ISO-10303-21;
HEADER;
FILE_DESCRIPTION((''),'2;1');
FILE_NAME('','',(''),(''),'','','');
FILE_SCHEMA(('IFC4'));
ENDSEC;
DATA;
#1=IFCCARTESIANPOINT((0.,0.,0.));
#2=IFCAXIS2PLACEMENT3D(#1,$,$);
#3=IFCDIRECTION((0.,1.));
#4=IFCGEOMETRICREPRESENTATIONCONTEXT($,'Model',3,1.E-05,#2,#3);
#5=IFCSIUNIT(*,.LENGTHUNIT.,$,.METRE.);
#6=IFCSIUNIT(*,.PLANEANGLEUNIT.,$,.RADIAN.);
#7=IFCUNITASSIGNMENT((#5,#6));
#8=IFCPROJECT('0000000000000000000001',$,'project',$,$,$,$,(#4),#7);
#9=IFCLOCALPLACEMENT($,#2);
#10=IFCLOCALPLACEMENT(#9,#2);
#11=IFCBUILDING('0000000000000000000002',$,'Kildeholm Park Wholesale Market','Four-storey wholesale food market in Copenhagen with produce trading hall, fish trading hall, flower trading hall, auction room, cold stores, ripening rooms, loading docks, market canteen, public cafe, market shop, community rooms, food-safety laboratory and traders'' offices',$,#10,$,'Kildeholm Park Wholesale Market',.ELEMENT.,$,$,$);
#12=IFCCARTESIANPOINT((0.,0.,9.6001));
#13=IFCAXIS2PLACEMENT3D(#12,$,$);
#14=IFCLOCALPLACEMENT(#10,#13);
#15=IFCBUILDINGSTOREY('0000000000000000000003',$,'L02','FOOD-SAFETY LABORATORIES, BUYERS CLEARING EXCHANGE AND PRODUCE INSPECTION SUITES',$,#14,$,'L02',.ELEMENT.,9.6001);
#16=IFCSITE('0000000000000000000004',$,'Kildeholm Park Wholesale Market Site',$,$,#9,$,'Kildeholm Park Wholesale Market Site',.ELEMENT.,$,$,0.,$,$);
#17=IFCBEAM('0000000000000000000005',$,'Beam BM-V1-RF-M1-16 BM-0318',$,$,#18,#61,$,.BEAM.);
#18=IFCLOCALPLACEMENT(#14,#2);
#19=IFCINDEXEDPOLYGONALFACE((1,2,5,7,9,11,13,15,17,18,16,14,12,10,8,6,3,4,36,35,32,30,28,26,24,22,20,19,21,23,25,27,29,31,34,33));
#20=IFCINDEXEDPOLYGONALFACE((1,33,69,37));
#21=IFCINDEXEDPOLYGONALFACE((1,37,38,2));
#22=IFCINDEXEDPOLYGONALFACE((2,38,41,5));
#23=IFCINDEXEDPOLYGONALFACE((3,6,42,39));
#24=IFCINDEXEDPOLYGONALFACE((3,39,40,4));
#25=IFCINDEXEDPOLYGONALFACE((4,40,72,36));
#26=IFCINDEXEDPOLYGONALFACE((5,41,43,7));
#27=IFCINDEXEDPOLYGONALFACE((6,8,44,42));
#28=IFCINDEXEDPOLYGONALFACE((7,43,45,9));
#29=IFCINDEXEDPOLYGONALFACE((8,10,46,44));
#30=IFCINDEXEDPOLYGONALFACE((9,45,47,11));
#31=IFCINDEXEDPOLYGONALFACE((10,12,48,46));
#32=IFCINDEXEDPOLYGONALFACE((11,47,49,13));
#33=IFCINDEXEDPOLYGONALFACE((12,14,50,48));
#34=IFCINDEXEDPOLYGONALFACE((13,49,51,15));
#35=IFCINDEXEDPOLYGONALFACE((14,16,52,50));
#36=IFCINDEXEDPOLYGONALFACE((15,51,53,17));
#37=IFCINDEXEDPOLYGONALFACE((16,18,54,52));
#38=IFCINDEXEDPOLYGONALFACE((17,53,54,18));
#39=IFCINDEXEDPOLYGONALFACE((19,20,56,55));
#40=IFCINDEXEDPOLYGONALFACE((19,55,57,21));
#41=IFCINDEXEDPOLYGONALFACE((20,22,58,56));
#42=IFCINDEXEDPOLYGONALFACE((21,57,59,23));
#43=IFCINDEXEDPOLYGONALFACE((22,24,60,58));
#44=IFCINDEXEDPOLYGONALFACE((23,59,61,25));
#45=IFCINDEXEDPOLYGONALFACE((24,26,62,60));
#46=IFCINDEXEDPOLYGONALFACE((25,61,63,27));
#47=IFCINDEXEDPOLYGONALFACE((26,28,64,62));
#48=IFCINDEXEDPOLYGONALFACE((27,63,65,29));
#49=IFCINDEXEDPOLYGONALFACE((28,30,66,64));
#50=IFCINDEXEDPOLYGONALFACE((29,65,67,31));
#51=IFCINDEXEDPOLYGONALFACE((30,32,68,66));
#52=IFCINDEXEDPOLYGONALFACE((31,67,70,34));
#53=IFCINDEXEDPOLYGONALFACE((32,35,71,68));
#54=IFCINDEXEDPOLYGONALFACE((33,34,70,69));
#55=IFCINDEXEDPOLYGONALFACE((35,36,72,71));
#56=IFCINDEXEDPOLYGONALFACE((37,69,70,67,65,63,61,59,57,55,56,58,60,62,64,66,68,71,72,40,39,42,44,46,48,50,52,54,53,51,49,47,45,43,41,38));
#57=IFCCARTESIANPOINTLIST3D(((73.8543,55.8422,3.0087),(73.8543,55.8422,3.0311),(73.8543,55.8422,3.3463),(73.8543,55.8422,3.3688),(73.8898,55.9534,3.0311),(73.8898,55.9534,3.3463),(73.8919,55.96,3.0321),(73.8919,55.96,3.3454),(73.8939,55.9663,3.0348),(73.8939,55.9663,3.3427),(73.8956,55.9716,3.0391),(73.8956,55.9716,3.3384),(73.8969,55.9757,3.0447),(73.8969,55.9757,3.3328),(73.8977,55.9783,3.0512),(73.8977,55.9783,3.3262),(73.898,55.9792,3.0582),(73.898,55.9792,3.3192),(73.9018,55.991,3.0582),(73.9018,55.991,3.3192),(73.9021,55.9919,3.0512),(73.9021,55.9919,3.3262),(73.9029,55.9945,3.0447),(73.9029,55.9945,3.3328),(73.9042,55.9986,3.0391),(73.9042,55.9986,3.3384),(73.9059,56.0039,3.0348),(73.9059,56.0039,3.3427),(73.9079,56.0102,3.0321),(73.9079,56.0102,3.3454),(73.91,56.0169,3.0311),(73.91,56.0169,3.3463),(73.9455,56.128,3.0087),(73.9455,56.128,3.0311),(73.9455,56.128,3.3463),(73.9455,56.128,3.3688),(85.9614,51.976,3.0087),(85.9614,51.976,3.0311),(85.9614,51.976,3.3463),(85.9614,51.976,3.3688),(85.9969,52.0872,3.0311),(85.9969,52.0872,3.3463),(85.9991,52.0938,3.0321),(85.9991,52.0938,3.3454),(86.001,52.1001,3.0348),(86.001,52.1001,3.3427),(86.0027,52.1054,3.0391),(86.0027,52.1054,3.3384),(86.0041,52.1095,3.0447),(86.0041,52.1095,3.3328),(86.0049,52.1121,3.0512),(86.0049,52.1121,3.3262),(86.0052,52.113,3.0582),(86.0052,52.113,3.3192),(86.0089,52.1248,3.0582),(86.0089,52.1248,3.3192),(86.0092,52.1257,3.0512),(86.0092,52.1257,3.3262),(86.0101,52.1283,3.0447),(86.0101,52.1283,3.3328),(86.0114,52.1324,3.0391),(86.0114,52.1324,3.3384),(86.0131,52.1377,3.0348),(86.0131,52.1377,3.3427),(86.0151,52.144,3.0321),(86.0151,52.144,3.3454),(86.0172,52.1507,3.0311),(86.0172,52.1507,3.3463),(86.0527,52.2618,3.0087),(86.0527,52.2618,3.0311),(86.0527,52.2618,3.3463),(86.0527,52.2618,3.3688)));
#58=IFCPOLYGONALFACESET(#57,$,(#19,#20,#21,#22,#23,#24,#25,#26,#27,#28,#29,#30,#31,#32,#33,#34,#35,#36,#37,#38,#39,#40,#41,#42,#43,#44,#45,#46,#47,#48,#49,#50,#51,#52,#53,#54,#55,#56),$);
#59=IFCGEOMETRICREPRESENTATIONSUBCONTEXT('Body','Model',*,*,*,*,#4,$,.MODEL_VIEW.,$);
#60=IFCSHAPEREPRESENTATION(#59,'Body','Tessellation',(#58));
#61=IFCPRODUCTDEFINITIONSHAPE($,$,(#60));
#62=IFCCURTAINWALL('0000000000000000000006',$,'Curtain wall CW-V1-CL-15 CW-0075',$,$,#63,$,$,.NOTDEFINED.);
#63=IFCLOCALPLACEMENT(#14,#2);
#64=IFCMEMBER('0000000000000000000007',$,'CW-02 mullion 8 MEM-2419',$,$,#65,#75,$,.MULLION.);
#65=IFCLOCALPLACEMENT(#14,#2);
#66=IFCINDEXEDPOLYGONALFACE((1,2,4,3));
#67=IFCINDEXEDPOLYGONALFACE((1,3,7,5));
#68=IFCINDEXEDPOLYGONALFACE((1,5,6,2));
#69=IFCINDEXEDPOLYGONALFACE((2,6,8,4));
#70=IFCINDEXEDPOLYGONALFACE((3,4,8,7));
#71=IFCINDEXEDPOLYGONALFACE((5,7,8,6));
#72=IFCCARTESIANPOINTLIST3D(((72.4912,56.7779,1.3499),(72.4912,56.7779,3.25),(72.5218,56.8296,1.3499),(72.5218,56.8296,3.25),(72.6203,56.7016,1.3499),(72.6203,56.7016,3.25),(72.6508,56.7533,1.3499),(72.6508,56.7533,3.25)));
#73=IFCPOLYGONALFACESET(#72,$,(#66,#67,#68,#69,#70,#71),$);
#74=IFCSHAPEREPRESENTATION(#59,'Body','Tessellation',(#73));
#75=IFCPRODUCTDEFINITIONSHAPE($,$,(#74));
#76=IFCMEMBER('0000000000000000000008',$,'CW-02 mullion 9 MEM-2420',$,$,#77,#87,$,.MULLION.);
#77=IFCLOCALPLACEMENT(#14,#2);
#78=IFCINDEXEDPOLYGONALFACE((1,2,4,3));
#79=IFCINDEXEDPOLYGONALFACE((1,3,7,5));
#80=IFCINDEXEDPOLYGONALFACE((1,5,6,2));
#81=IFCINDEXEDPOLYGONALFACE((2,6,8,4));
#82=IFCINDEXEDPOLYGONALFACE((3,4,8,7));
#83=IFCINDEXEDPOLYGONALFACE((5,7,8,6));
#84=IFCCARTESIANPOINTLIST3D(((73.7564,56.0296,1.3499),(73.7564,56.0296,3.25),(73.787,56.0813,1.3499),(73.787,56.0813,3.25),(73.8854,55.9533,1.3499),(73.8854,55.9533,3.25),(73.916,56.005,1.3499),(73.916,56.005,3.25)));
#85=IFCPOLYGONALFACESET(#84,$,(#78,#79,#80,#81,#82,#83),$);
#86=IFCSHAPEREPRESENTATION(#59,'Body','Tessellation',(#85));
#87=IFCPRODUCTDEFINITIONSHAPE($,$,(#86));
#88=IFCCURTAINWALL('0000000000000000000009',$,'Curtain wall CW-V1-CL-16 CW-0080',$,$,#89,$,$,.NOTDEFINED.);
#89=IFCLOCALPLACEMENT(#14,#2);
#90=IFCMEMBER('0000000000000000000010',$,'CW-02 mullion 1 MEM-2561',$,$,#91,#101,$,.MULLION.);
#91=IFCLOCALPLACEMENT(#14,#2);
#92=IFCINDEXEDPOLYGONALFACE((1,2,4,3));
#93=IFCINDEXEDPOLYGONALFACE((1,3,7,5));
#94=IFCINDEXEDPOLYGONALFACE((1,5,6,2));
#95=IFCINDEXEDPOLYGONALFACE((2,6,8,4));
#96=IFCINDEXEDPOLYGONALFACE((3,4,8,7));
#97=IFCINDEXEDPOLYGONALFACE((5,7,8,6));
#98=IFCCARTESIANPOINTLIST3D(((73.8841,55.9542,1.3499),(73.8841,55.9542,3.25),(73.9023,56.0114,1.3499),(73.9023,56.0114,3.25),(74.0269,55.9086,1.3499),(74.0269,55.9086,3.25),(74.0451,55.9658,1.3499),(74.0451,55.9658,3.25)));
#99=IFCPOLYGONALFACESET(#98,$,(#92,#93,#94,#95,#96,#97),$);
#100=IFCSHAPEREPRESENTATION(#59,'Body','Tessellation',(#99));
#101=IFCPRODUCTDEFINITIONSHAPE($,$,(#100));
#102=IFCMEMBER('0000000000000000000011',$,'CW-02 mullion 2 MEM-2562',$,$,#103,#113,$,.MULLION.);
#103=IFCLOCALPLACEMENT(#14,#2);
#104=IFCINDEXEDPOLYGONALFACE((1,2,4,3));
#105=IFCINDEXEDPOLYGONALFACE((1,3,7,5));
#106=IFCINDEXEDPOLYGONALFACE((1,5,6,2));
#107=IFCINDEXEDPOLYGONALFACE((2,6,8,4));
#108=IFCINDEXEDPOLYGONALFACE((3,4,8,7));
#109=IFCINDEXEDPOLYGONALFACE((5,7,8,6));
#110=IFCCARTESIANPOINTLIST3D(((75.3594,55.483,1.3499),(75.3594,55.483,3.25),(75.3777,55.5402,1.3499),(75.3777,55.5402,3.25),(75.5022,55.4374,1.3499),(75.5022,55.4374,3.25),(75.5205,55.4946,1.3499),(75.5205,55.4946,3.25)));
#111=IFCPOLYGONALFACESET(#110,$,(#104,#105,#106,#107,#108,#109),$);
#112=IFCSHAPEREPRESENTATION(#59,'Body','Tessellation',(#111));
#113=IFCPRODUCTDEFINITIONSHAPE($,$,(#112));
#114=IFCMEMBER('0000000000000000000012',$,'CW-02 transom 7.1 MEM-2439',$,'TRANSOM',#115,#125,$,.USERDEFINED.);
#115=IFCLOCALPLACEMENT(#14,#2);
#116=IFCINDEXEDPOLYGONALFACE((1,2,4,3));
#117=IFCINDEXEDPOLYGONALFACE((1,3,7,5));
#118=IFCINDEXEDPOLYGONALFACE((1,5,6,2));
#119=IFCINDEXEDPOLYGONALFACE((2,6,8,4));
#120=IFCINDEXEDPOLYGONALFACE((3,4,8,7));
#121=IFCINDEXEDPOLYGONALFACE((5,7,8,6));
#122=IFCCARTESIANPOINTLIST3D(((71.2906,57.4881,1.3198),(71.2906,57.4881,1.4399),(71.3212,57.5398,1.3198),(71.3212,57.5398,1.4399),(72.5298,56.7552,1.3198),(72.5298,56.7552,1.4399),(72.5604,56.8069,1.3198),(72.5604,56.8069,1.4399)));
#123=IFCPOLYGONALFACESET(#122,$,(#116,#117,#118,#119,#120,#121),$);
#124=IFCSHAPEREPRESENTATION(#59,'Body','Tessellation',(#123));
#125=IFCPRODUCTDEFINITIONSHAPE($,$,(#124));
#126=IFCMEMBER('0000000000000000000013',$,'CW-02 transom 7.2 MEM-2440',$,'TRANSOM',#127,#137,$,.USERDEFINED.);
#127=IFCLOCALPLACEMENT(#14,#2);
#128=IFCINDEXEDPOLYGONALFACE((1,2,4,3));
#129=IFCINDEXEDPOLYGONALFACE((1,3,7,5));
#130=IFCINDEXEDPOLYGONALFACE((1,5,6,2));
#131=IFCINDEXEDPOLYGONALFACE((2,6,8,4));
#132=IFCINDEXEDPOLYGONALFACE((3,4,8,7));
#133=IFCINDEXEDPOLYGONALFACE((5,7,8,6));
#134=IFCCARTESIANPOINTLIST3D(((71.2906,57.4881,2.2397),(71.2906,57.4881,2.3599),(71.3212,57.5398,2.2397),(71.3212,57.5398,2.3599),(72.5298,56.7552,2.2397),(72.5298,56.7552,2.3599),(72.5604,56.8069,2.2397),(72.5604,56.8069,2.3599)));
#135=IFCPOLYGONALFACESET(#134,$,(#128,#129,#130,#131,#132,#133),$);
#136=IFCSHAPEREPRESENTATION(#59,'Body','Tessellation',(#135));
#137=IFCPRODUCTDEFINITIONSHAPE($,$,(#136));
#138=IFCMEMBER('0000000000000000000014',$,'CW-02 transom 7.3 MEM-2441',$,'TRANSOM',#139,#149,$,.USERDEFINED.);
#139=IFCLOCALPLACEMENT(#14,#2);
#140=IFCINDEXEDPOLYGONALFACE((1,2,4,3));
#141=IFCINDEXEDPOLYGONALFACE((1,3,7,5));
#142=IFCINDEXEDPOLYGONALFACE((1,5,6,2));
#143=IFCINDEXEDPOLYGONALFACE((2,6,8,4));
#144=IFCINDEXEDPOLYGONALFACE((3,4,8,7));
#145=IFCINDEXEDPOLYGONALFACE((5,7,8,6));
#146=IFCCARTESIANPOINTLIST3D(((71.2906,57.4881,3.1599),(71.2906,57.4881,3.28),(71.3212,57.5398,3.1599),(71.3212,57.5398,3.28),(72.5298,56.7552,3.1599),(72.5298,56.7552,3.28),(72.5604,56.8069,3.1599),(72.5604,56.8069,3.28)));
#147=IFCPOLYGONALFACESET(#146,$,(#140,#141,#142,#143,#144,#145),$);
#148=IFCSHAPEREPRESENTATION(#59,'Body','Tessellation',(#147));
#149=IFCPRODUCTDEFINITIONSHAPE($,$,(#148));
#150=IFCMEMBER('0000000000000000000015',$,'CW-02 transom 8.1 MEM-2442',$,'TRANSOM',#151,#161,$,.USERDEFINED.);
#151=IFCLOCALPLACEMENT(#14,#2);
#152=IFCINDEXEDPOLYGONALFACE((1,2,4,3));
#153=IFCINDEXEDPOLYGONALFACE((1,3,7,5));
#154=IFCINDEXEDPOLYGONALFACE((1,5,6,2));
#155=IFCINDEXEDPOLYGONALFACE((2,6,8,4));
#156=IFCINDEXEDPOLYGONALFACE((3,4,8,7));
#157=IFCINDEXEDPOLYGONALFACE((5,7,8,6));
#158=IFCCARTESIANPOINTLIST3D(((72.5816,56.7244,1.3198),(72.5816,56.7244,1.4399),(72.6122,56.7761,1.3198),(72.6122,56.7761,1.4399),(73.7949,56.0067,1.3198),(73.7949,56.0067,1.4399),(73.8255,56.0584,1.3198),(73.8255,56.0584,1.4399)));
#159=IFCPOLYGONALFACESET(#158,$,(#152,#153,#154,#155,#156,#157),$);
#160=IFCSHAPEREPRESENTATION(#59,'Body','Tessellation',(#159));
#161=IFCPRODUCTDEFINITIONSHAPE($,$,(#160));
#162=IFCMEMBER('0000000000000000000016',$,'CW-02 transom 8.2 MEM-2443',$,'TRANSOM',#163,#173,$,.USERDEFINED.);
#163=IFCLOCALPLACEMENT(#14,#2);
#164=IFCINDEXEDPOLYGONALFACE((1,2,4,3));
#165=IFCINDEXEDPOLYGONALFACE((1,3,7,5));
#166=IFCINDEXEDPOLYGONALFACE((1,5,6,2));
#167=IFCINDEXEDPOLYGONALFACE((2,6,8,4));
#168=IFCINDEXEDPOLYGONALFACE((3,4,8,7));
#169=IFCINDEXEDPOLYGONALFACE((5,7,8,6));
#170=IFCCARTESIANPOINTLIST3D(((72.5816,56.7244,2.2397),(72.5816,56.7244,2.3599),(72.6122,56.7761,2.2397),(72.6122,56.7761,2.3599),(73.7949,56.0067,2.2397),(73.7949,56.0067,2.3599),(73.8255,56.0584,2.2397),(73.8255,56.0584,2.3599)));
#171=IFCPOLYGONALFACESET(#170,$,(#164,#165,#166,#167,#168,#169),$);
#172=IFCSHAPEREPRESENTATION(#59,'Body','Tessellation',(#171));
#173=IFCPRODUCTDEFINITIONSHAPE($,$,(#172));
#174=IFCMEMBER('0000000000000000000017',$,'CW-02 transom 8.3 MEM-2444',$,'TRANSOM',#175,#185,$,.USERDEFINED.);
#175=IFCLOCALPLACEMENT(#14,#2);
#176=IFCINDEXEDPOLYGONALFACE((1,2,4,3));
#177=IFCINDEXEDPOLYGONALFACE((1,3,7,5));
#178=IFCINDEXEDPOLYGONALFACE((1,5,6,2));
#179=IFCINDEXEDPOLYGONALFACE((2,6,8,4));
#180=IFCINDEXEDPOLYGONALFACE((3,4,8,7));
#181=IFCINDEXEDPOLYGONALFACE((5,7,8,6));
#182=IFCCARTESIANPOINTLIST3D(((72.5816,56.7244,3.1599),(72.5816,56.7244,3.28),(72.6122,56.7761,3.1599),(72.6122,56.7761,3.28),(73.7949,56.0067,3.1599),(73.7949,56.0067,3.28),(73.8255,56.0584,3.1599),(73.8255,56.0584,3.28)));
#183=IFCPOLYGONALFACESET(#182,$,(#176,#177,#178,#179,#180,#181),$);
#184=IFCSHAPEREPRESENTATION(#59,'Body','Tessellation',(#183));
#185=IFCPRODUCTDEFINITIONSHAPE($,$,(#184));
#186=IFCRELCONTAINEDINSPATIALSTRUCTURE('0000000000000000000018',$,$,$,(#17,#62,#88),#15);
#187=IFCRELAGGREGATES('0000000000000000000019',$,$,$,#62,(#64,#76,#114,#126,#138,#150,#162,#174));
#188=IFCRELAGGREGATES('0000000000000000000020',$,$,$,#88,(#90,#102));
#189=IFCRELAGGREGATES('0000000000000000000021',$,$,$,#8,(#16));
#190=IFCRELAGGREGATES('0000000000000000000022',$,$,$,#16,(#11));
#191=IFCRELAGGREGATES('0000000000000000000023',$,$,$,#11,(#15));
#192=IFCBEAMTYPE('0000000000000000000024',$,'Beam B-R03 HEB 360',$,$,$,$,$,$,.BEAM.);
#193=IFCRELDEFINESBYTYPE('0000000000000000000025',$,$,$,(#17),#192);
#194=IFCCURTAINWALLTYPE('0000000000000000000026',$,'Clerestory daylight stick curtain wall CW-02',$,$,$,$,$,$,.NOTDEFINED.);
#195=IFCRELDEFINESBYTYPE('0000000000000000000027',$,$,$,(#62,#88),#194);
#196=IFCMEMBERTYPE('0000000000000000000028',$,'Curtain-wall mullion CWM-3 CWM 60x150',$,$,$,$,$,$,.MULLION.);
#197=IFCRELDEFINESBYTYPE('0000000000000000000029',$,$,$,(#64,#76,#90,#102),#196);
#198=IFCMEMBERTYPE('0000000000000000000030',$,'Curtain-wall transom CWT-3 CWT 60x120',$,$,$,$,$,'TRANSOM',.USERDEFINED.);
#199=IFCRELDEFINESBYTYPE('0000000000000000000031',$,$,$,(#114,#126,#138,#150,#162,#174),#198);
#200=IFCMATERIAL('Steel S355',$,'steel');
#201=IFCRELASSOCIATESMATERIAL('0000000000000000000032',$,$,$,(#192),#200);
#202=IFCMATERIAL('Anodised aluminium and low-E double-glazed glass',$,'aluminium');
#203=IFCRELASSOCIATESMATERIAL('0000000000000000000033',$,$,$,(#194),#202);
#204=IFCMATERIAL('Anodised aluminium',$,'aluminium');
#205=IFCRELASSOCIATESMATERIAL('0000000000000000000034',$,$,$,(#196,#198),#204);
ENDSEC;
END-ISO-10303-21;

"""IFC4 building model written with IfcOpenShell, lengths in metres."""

from ifc_helpers import new_model, si_unit, direction, frame, origin, origin_2d, place, context, subcontext, project, spatial, rectangle, i_section, extrude, material, material_profile, profile_set, type_object, element, aggregate, save


model = new_model("IFC4")

# Units and contexts
model_context = context("Model", 3, precision=1e-05, world=origin(), true_north=direction((0.0, 1.0)))
body_context = subcontext(model_context, "Body", "Model", "MODEL_VIEW")
ifc_project = project(units=[si_unit("LENGTHUNIT", "METRE"), si_unit("PLANEANGLEUNIT", "RADIAN")], contexts=[model_context])

# Site, building, storey
site_placement = place(None, origin())
site = spatial("IfcSite", under=ifc_project, at=site_placement, Name="Kildeholm Park Wholesale Market Site", LongName="Kildeholm Park Wholesale Market Site", CompositionType="ELEMENT", RefElevation=0.0)
building_placement = place(site_placement, origin())
building = spatial("IfcBuilding", under=site, at=building_placement, Name="Kildeholm Park Wholesale Market", Description="Four-storey wholesale food market in Copenhagen with produce trading hall, fish trading hall, flower trading hall, auction room, cold stores, ripening rooms, loading docks, market canteen, public cafe, market shop, community rooms, food-safety laboratory and traders' offices", LongName="Kildeholm Park Wholesale Market", CompositionType="ELEMENT")
storey_placement = place(building_placement, frame((0.0, 0.0, 9.6001)))
storey = spatial("IfcBuildingStorey", under=building, at=storey_placement, Name="L02", Description="FOOD-SAFETY LABORATORIES, BUYERS CLEARING EXCHANGE AND PRODUCE INSPECTION SUITES", LongName="L02", CompositionType="ELEMENT", Elevation=9.6001)

# Shared definitions
ifc_material_1 = material(Name="Steel S355", Category="steel")

# Beam
ifc_material_profile_1 = material_profile(ifc_material_1, i_section(OverallWidth=0.3, OverallDepth=0.3601, WebThickness=0.0125, FlangeThickness=0.0225, FilletRadius=0.0271, at=origin_2d()), Name="HEB 360")
ifc_profile_set_1 = profile_set([ifc_material_profile_1], Name="Steel S355")
beam_type_1 = type_object("IfcBeamType", Name="Beam B-R03 HEB 360", PredefinedType="BEAM", material=ifc_profile_set_1)
beam_1_placement = place(storey_placement, frame((73.8999, 55.9851, 3.1887), z_axis=(0.952609, -0.304199, 0.0), x_axis=(0.304199, 0.952609, 0.0)))
element("IfcBeam", 1, at=beam_1_placement, inside=storey, type_object=beam_type_1, Name="Beam BM-V1-RF-M1-16 BM-0318", PredefinedType="BEAM", context=body_context, shape_type="SweptSolid", body=[
    extrude(i_section(OverallWidth=0.3, OverallDepth=0.3601, WebThickness=0.0125, FlangeThickness=0.0225, FilletRadius=0.0271, at=origin_2d()), origin(), (0.0, 0.0, 1.0), 12.7095),
])

# Curtain walls, members
ifc_material_2 = material(Name="Anodised aluminium and low-E double-glazed glass", Category="aluminium")
curtain_wall_type = type_object("IfcCurtainWallType", Name="Clerestory daylight stick curtain wall CW-02", PredefinedType="NOTDEFINED", material=ifc_material_2)
curtain_wall_1_placement = place(storey_placement, origin())
curtain_wall_1 = element("IfcCurtainWall", 2, at=curtain_wall_1_placement, inside=storey, type_object=curtain_wall_type, Name="Curtain wall CW-V1-CL-15 CW-0075", PredefinedType="NOTDEFINED")
ifc_material_3 = material(Name="Anodised aluminium", Category="aluminium")
ifc_material_profile_2 = material_profile(ifc_material_3, rectangle(XDim=0.0601, YDim=0.1499, at=origin_2d()), Name="CWM 60x150")
ifc_profile_set_2 = profile_set([ifc_material_profile_2], Name="Anodised aluminium")
member_type_1 = type_object("IfcMemberType", Name="Curtain-wall mullion CWM-3 CWM 60x150", PredefinedType="MULLION", material=ifc_profile_set_2)
member_1_placement = place(storey_placement, frame((72.571, 56.7656, 1.3499), z_axis=(0.0, 0.0, 1.0), x_axis=(0.509105, 0.860704, 0.0)))
member_1 = element("IfcMember", 3, at=member_1_placement, type_object=member_type_1, Name="CW-02 mullion 8 MEM-2419", PredefinedType="MULLION", context=body_context, shape_type="SweptSolid", body=[
    extrude(rectangle(XDim=0.0601, YDim=0.1499, at=origin_2d()), origin(), (0.0, 0.0, 1.0), 1.9001),
])
member_2_placement = place(storey_placement, frame((73.8362, 56.0173, 1.3499), z_axis=(0.0, 0.0, 1.0), x_axis=(0.509105, 0.860704, 0.0)))
member_2 = element("IfcMember", 4, at=member_2_placement, type_object=member_type_1, Name="CW-02 mullion 9 MEM-2420", PredefinedType="MULLION", context=body_context, shape_type="SweptSolid", body=[
    extrude(rectangle(XDim=0.0601, YDim=0.1499, at=origin_2d()), origin(), (0.0, 0.0, 1.0), 1.9001),
])
curtain_wall_2_placement = place(storey_placement, origin())
curtain_wall_2 = element("IfcCurtainWall", 5, at=curtain_wall_2_placement, inside=storey, type_object=curtain_wall_type, Name="Curtain wall CW-V1-CL-16 CW-0080", PredefinedType="NOTDEFINED")
member_3_placement = place(storey_placement, frame((73.9646, 55.96, 1.3499), z_axis=(0.0, 0.0, 1.0), x_axis=(0.304207, 0.952606, 0.0)))
member_3 = element("IfcMember", 6, at=member_3_placement, type_object=member_type_1, Name="CW-02 mullion 1 MEM-2561", PredefinedType="MULLION", context=body_context, shape_type="SweptSolid", body=[
    extrude(rectangle(XDim=0.0601, YDim=0.1499, at=origin_2d()), origin(), (0.0, 0.0, 1.0), 1.9001),
])
member_4_placement = place(storey_placement, frame((75.4399, 55.4888, 1.3499), z_axis=(0.0, 0.0, 1.0), x_axis=(0.304207, 0.952606, 0.0)))
member_4 = element("IfcMember", 7, at=member_4_placement, type_object=member_type_1, Name="CW-02 mullion 2 MEM-2562", PredefinedType="MULLION", context=body_context, shape_type="SweptSolid", body=[
    extrude(rectangle(XDim=0.0601, YDim=0.1499, at=origin_2d()), origin(), (0.0, 0.0, 1.0), 1.9001),
])

# Members
ifc_material_profile_3 = material_profile(ifc_material_3, rectangle(XDim=0.0601, YDim=0.1201, at=origin_2d()), Name="CWT 60x120")
ifc_profile_set_3 = profile_set([ifc_material_profile_3], Name="Anodised aluminium")
member_type_2 = type_object("IfcMemberType", Name="Curtain-wall transom CWT-3 CWT 60x120", ElementType="TRANSOM", PredefinedType="USERDEFINED", material=ifc_profile_set_3)
member_5_placement = place(storey_placement, frame((71.3059, 57.5139, 1.3799), z_axis=(0.860737, -0.509049, 0.0), x_axis=(0.509049, 0.860737, 0.0)))
member_5 = element("IfcMember", 8, at=member_5_placement, type_object=member_type_2, Name="CW-02 transom 7.1 MEM-2439", ObjectType="TRANSOM", PredefinedType="USERDEFINED", context=body_context, shape_type="SweptSolid", body=[
    extrude(rectangle(XDim=0.0601, YDim=0.1201, at=origin_2d()), origin(), (0.0, 0.0, 1.0), 1.4397),
])
member_6_placement = place(storey_placement, frame((71.3059, 57.5139, 2.2998), z_axis=(0.860737, -0.509049, 0.0), x_axis=(0.509049, 0.860737, 0.0)))
member_6 = element("IfcMember", 9, at=member_6_placement, type_object=member_type_2, Name="CW-02 transom 7.2 MEM-2440", ObjectType="TRANSOM", PredefinedType="USERDEFINED", context=body_context, shape_type="SweptSolid", body=[
    extrude(rectangle(XDim=0.0601, YDim=0.1201, at=origin_2d()), origin(), (0.0, 0.0, 1.0), 1.4397),
])
member_7_placement = place(storey_placement, frame((71.3059, 57.5139, 3.22), z_axis=(0.860737, -0.509049, 0.0), x_axis=(0.509049, 0.860737, 0.0)))
member_7 = element("IfcMember", 10, at=member_7_placement, type_object=member_type_2, Name="CW-02 transom 7.3 MEM-2441", ObjectType="TRANSOM", PredefinedType="USERDEFINED", context=body_context, shape_type="SweptSolid", body=[
    extrude(rectangle(XDim=0.0601, YDim=0.1201, at=origin_2d()), origin(), (0.0, 0.0, 1.0), 1.4397),
])
member_8_placement = place(storey_placement, frame((72.5969, 56.7502, 1.3799), z_axis=(0.860685, -0.509138, 0.0), x_axis=(0.509138, 0.860685, 0.0)))
member_8 = element("IfcMember", 11, at=member_8_placement, type_object=member_type_2, Name="CW-02 transom 8.1 MEM-2442", ObjectType="TRANSOM", PredefinedType="USERDEFINED", context=body_context, shape_type="SweptSolid", body=[
    extrude(rectangle(XDim=0.0601, YDim=0.1201, at=origin_2d()), origin(), (0.0, 0.0, 1.0), 1.4097),
])
member_9_placement = place(storey_placement, frame((72.5969, 56.7502, 2.2998), z_axis=(0.860685, -0.509138, 0.0), x_axis=(0.509138, 0.860685, 0.0)))
member_9 = element("IfcMember", 12, at=member_9_placement, type_object=member_type_2, Name="CW-02 transom 8.2 MEM-2443", ObjectType="TRANSOM", PredefinedType="USERDEFINED", context=body_context, shape_type="SweptSolid", body=[
    extrude(rectangle(XDim=0.0601, YDim=0.1201, at=origin_2d()), origin(), (0.0, 0.0, 1.0), 1.4097),
])
member_10_placement = place(storey_placement, frame((72.5969, 56.7502, 3.22), z_axis=(0.860685, -0.509138, 0.0), x_axis=(0.509138, 0.860685, 0.0)))
member_10 = element("IfcMember", 13, at=member_10_placement, type_object=member_type_2, Name="CW-02 transom 8.3 MEM-2444", ObjectType="TRANSOM", PredefinedType="USERDEFINED", context=body_context, shape_type="SweptSolid", body=[
    extrude(rectangle(XDim=0.0601, YDim=0.1201, at=origin_2d()), origin(), (0.0, 0.0, 1.0), 1.4097),
])

aggregate(curtain_wall_1, [member_1, member_2, member_5, member_6, member_7, member_8, member_9, member_10])
aggregate(curtain_wall_2, [member_3, member_4])

save(model, "model.ifc")
